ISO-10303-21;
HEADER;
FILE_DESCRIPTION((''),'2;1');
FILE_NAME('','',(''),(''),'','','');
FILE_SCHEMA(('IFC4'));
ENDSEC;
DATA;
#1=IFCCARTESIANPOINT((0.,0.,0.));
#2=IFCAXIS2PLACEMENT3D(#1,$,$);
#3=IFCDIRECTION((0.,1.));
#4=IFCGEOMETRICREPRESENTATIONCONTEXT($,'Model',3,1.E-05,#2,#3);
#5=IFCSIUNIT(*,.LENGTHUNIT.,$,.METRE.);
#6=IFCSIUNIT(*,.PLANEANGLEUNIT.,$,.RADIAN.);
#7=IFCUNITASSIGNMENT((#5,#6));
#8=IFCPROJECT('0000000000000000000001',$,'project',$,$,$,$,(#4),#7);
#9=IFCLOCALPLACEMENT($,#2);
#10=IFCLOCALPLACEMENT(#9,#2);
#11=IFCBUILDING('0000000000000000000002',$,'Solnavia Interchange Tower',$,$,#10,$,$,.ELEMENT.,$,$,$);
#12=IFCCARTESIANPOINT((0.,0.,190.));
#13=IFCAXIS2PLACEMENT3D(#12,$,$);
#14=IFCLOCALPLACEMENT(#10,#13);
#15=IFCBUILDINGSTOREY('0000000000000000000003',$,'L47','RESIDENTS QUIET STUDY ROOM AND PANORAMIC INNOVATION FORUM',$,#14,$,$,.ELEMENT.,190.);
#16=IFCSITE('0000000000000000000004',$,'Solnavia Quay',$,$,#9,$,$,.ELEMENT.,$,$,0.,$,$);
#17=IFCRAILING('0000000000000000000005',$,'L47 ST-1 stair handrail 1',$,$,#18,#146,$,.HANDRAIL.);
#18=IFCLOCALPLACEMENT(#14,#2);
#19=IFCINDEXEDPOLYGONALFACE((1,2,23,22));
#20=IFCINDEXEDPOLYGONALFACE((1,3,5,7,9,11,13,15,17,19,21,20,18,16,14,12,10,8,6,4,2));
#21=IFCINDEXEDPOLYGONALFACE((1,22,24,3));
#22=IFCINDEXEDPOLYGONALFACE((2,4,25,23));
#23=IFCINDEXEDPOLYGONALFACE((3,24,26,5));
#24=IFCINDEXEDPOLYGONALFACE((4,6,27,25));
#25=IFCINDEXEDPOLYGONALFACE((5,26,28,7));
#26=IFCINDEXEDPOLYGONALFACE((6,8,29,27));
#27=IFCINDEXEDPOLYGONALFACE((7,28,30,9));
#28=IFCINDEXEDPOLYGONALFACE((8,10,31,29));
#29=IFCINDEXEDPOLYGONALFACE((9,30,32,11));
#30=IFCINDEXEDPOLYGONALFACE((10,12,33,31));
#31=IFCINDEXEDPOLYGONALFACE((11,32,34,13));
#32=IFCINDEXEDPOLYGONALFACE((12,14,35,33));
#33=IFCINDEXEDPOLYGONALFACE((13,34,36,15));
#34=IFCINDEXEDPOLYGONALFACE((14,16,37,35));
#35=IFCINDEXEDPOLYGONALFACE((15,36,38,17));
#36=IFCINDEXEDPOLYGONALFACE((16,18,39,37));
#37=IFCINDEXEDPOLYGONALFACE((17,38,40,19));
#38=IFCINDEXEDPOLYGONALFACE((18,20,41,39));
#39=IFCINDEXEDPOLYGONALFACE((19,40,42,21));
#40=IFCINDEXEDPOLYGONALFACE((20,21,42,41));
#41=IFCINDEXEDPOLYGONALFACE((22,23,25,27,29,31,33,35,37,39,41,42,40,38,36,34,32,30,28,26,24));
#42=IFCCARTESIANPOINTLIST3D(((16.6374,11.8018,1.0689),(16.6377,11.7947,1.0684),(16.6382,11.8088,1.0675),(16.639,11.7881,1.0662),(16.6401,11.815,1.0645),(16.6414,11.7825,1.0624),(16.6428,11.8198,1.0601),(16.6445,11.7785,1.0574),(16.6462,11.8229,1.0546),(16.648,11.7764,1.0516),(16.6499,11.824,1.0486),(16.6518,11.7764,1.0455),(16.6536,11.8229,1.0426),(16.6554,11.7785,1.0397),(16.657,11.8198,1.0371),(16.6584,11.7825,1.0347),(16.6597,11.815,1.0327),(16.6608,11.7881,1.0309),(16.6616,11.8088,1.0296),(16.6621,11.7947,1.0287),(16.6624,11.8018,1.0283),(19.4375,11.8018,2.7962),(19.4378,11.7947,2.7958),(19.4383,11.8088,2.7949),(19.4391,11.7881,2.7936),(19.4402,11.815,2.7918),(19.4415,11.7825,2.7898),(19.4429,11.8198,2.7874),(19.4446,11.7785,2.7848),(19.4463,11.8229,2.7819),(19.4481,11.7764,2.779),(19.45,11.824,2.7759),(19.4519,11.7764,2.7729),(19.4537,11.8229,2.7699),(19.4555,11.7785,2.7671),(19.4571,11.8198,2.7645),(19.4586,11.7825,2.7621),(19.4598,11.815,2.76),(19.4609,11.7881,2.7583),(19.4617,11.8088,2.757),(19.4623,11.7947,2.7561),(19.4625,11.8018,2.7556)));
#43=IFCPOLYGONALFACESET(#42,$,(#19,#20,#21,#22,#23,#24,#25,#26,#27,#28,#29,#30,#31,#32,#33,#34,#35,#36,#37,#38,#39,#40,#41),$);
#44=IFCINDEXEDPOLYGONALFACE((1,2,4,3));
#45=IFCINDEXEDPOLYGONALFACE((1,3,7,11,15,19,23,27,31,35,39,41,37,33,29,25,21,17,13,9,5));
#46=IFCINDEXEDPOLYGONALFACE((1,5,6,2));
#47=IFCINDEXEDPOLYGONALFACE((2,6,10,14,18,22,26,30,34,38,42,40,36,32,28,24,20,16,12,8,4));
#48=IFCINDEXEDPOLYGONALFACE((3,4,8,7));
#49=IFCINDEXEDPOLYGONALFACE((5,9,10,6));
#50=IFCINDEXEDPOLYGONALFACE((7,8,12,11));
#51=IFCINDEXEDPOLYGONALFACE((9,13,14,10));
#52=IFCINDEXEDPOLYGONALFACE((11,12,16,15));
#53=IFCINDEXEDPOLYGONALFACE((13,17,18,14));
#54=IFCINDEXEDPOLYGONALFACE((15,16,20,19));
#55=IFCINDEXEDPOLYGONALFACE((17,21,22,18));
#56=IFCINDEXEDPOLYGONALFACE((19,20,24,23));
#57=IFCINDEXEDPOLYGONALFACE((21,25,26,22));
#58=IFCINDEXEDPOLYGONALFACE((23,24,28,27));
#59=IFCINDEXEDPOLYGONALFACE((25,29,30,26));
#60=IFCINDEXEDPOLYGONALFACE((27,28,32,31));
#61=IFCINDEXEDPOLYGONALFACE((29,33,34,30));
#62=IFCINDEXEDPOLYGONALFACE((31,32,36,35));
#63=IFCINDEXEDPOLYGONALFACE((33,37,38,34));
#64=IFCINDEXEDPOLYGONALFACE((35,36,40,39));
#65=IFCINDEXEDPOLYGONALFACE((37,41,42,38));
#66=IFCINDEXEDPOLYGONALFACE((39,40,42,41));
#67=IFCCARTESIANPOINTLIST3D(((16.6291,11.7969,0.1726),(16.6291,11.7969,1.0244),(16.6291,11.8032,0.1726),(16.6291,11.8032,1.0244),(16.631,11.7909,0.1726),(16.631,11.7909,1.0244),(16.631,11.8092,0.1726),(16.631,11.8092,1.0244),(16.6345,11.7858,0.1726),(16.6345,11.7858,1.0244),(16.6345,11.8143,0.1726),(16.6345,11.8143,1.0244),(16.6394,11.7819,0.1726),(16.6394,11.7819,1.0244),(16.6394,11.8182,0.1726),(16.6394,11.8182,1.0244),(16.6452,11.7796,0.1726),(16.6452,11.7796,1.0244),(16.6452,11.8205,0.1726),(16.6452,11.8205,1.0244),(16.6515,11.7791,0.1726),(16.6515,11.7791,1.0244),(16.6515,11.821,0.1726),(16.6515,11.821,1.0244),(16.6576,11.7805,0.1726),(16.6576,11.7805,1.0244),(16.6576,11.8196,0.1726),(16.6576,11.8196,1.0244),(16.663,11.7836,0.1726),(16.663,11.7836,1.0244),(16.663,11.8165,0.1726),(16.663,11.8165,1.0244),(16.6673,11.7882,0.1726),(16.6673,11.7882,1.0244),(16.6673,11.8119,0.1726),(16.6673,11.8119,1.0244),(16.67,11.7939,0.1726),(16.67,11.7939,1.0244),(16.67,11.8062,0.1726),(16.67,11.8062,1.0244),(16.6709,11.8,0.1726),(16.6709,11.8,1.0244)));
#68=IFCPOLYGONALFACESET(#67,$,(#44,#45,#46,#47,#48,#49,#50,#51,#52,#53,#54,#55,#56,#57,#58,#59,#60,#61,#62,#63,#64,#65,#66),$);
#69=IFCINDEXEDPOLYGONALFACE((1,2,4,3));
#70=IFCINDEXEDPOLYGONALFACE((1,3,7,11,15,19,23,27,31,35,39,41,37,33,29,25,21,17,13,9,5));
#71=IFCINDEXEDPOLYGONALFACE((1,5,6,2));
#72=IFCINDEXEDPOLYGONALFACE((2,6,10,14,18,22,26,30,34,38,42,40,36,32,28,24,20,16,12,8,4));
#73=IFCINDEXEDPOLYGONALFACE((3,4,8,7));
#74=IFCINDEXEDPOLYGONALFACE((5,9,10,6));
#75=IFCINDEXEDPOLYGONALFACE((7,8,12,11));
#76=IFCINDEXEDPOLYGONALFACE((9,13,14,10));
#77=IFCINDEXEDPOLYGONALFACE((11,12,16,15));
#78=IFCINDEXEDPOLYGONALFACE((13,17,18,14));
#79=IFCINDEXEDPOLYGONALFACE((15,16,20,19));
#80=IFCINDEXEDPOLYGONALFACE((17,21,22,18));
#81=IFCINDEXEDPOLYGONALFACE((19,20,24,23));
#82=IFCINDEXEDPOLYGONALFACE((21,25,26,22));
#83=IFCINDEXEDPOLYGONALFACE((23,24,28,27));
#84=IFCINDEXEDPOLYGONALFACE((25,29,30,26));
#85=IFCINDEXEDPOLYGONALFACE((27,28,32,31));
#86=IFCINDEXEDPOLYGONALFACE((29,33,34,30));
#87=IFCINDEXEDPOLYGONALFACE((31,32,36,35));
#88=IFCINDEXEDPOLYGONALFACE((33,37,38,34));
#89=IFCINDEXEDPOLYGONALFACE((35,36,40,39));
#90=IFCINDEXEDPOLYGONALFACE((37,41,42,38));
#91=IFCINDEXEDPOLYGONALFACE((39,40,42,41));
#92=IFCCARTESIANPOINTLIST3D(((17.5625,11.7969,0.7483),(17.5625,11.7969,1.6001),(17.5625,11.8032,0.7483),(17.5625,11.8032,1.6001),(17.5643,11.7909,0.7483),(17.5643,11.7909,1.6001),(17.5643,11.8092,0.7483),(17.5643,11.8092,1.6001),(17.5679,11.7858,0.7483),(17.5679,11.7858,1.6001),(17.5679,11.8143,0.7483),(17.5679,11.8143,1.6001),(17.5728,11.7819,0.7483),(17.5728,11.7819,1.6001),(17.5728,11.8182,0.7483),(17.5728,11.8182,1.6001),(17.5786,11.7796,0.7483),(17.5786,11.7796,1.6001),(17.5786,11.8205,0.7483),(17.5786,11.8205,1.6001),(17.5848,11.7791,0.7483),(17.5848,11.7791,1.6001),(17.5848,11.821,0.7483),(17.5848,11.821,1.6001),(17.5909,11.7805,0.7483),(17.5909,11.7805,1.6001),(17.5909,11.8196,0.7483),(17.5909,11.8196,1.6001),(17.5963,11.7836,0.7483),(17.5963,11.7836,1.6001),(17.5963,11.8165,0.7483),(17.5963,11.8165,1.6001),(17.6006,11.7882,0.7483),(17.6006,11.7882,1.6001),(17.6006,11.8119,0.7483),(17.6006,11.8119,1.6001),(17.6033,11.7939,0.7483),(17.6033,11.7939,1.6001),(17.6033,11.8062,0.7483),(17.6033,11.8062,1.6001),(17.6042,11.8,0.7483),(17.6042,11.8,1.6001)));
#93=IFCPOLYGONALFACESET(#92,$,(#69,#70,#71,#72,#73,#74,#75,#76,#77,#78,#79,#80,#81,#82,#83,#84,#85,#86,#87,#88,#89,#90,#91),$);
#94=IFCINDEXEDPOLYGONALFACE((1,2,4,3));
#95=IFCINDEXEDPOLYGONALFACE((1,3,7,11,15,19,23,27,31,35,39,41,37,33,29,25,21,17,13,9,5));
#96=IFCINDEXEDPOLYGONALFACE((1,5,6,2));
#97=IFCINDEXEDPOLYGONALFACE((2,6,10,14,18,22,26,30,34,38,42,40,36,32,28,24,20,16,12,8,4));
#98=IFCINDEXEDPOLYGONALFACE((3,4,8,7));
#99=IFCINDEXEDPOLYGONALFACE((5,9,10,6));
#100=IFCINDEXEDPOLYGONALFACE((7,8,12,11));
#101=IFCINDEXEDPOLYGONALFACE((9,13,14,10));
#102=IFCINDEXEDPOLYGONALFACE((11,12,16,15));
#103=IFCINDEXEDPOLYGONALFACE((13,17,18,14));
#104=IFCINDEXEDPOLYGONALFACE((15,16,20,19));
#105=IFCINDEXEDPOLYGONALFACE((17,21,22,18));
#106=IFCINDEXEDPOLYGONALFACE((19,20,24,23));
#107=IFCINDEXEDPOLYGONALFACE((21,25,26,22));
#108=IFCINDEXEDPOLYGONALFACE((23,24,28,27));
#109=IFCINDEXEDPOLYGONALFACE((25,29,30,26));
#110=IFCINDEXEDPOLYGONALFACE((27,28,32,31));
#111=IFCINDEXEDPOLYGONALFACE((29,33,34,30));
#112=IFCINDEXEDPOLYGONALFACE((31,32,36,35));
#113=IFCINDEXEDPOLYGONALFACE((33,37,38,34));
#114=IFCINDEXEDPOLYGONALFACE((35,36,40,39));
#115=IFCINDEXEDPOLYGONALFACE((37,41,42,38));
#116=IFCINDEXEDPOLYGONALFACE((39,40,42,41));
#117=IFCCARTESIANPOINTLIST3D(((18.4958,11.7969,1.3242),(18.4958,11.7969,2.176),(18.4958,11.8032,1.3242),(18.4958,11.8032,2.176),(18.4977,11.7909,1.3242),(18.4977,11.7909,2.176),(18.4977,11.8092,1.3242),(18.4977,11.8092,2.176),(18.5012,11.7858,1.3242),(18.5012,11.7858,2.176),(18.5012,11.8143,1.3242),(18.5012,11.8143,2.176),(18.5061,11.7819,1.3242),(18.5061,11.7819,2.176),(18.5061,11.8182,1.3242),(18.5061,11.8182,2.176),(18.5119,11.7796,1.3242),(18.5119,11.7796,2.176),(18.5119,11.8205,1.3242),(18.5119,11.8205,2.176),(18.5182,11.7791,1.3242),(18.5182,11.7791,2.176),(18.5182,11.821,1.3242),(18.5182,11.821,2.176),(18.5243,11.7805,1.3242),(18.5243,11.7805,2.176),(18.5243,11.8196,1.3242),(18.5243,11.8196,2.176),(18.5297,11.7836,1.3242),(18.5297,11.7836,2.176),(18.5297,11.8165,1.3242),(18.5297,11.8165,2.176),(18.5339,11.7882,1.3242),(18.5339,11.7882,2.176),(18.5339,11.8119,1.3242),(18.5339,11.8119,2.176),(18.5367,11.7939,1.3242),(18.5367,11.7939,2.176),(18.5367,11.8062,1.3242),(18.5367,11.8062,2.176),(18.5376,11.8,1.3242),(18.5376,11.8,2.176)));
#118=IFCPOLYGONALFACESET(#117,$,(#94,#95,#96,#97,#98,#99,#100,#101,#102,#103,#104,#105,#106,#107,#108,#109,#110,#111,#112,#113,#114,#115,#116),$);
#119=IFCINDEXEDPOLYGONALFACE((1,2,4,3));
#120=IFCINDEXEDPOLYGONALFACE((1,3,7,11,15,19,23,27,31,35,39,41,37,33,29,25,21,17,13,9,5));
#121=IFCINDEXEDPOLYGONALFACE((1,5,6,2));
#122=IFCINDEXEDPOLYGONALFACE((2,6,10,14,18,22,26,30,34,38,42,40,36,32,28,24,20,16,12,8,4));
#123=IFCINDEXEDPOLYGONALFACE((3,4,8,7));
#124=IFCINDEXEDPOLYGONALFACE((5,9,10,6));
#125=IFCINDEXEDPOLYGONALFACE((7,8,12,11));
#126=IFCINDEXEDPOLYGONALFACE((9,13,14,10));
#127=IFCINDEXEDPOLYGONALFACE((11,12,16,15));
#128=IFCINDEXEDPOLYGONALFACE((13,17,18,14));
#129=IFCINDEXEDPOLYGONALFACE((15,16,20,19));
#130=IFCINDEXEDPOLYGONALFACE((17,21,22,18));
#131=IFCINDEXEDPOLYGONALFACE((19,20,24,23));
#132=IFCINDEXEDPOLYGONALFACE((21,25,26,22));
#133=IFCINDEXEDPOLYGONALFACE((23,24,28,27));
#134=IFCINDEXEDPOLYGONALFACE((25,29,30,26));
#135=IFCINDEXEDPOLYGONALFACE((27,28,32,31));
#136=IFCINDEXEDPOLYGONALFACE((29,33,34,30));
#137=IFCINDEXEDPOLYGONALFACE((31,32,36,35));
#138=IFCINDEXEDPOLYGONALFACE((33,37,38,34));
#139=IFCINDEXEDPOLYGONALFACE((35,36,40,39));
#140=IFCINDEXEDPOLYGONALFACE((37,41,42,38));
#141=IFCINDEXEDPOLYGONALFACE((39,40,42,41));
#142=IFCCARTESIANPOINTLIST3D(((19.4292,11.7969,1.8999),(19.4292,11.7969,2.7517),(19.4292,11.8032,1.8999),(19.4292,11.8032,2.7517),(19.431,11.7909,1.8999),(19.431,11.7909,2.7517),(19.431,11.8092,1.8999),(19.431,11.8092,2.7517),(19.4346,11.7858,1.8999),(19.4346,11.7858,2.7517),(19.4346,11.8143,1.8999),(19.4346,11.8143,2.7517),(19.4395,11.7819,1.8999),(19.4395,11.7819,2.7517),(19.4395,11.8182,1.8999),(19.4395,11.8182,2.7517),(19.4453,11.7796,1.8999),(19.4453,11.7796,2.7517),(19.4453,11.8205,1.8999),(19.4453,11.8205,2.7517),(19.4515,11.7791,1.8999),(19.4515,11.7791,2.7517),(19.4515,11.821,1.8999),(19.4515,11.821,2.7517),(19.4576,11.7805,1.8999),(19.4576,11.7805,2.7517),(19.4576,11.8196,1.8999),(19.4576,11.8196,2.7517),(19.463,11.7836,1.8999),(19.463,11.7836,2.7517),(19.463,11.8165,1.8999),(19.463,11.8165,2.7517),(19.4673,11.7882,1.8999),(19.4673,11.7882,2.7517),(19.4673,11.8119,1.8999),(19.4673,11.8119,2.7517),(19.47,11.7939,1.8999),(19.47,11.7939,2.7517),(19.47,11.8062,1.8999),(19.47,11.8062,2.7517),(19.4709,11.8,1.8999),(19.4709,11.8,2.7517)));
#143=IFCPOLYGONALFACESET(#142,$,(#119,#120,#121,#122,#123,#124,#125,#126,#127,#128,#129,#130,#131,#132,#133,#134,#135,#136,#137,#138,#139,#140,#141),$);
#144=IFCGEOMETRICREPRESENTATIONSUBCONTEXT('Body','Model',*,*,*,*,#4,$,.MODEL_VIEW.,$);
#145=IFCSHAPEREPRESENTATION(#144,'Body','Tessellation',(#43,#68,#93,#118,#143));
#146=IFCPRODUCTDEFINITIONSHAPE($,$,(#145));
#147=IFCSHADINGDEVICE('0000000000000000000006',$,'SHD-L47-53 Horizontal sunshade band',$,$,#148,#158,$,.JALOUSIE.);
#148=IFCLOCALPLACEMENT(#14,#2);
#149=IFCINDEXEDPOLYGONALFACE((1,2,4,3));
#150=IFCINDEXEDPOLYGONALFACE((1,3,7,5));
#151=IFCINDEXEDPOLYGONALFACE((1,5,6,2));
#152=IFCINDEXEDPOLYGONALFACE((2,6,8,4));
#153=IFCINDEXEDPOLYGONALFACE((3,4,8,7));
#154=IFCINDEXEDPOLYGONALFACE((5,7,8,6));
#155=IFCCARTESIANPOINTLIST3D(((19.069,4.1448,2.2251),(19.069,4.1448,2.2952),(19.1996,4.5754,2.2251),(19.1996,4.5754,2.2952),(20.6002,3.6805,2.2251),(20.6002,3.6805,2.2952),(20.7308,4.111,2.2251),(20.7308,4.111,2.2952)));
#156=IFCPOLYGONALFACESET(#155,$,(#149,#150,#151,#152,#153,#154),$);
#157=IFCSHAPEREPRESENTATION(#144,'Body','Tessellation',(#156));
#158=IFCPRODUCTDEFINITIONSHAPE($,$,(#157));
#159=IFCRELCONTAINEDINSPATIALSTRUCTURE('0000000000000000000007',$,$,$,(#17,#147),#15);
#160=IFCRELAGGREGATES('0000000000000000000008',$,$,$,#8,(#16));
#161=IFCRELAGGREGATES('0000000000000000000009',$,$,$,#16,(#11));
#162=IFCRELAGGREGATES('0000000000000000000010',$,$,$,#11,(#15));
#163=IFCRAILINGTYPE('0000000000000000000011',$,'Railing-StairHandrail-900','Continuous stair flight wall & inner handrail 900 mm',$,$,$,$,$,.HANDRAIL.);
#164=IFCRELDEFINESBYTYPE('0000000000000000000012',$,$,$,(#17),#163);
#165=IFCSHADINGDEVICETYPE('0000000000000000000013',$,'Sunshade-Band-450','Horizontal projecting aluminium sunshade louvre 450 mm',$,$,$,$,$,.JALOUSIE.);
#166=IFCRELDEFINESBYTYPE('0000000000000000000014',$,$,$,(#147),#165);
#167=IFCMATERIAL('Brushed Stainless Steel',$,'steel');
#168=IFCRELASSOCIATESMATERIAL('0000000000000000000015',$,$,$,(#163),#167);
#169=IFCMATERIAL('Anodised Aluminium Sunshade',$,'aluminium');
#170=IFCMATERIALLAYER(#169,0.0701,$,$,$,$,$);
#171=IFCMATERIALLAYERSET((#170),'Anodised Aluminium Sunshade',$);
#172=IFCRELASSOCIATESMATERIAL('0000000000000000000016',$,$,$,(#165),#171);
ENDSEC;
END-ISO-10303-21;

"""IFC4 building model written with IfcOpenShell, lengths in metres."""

from ifc_helpers import new_model, si_unit, direction, frame, origin, origin_2d, place, context, subcontext, project, spatial, rectangle, circle, extrude, material, layer, layer_set, type_object, element, save


model = new_model("IFC4")

# Units and contexts
model_context = context("Model", 3, precision=1e-05, world=origin(), true_north=direction((0.0, 1.0)))
body_context = subcontext(model_context, "Body", "Model", "MODEL_VIEW")
ifc_project = project(units=[si_unit("LENGTHUNIT", "METRE"), si_unit("PLANEANGLEUNIT", "RADIAN")], contexts=[model_context])

# Site, building, storey
site_placement = place(None, origin())
site = spatial("IfcSite", under=ifc_project, at=site_placement, Name="Solnavia Quay", CompositionType="ELEMENT", RefElevation=0.0)
building_placement = place(site_placement, origin())
building = spatial("IfcBuilding", under=site, at=building_placement, Name="Solnavia Interchange Tower", CompositionType="ELEMENT")
storey_placement = place(building_placement, frame((0.0, 0.0, 190.0)))
storey = spatial("IfcBuildingStorey", under=building, at=storey_placement, Name="L47", Description="RESIDENTS QUIET STUDY ROOM AND PANORAMIC INNOVATION FORUM", CompositionType="ELEMENT", Elevation=190.0)

# Railing
ifc_material_1 = material(Name="Brushed Stainless Steel", Category="steel")
railing_type = type_object("IfcRailingType", Name="Railing-StairHandrail-900", Description="Continuous stair flight wall & inner handrail 900 mm", PredefinedType="HANDRAIL", material=ifc_material_1)
railing_placement = place(storey_placement, frame((16.6499, 11.8, 0.1726)))
element("IfcRailing", 1, at=railing_placement, inside=storey, type_object=railing_type, Name="L47 ST-1 stair handrail 1", PredefinedType="HANDRAIL", context=body_context, shape_type="SweptSolid", body=[
    extrude(circle(Radius=0.0239, at=origin_2d()), frame((0.0, 0.0, 0.876), z_axis=(0.85109, 0.0, 0.52502), x_axis=(0.0, 1.0, 0.0)), (0.0, 0.0, 1.0), 3.29),
    extrude(circle(Radius=0.021, at=origin_2d()), origin(), (0.0, 0.0, 1.0), 0.8518),
    extrude(circle(Radius=0.021, at=origin_2d()), frame((0.9333, 0.0, 0.5757)), (0.0, 0.0, 1.0), 0.8518),
    extrude(circle(Radius=0.021, at=origin_2d()), frame((1.8667, 0.0, 1.1516)), (0.0, 0.0, 1.0), 0.8518),
    extrude(circle(Radius=0.021, at=origin_2d()), frame((2.8, 0.0, 1.7273)), (0.0, 0.0, 1.0), 0.8518),
])

# Shading device
ifc_material_2 = material(Name="Anodised Aluminium Sunshade", Category="aluminium")
ifc_layer_1 = layer(ifc_material_2, 0.0701)
ifc_layer_set_1 = layer_set([ifc_layer_1], Name="Anodised Aluminium Sunshade")
shading_device_type = type_object("IfcShadingDeviceType", Name="Sunshade-Band-450", Description="Horizontal projecting aluminium sunshade louvre 450 mm", PredefinedType="JALOUSIE", material=ifc_layer_set_1)
shading_device_placement = place(storey_placement, frame((19.8999, 4.1279, 2.2251), z_axis=(0.0, 0.0, 1.0), x_axis=(-0.956966, 0.290201, 0.0)))
element("IfcShadingDevice", 2, at=shading_device_placement, inside=storey, type_object=shading_device_type, Name="SHD-L47-53 Horizontal sunshade band", PredefinedType="JALOUSIE", context=body_context, shape_type="SweptSolid", body=[
    extrude(rectangle(XDim=1.6001, YDim=0.45, at=origin_2d()), origin(), (0.0, 0.0, 1.0), 0.0701),
])

save(model, "model.ifc")
